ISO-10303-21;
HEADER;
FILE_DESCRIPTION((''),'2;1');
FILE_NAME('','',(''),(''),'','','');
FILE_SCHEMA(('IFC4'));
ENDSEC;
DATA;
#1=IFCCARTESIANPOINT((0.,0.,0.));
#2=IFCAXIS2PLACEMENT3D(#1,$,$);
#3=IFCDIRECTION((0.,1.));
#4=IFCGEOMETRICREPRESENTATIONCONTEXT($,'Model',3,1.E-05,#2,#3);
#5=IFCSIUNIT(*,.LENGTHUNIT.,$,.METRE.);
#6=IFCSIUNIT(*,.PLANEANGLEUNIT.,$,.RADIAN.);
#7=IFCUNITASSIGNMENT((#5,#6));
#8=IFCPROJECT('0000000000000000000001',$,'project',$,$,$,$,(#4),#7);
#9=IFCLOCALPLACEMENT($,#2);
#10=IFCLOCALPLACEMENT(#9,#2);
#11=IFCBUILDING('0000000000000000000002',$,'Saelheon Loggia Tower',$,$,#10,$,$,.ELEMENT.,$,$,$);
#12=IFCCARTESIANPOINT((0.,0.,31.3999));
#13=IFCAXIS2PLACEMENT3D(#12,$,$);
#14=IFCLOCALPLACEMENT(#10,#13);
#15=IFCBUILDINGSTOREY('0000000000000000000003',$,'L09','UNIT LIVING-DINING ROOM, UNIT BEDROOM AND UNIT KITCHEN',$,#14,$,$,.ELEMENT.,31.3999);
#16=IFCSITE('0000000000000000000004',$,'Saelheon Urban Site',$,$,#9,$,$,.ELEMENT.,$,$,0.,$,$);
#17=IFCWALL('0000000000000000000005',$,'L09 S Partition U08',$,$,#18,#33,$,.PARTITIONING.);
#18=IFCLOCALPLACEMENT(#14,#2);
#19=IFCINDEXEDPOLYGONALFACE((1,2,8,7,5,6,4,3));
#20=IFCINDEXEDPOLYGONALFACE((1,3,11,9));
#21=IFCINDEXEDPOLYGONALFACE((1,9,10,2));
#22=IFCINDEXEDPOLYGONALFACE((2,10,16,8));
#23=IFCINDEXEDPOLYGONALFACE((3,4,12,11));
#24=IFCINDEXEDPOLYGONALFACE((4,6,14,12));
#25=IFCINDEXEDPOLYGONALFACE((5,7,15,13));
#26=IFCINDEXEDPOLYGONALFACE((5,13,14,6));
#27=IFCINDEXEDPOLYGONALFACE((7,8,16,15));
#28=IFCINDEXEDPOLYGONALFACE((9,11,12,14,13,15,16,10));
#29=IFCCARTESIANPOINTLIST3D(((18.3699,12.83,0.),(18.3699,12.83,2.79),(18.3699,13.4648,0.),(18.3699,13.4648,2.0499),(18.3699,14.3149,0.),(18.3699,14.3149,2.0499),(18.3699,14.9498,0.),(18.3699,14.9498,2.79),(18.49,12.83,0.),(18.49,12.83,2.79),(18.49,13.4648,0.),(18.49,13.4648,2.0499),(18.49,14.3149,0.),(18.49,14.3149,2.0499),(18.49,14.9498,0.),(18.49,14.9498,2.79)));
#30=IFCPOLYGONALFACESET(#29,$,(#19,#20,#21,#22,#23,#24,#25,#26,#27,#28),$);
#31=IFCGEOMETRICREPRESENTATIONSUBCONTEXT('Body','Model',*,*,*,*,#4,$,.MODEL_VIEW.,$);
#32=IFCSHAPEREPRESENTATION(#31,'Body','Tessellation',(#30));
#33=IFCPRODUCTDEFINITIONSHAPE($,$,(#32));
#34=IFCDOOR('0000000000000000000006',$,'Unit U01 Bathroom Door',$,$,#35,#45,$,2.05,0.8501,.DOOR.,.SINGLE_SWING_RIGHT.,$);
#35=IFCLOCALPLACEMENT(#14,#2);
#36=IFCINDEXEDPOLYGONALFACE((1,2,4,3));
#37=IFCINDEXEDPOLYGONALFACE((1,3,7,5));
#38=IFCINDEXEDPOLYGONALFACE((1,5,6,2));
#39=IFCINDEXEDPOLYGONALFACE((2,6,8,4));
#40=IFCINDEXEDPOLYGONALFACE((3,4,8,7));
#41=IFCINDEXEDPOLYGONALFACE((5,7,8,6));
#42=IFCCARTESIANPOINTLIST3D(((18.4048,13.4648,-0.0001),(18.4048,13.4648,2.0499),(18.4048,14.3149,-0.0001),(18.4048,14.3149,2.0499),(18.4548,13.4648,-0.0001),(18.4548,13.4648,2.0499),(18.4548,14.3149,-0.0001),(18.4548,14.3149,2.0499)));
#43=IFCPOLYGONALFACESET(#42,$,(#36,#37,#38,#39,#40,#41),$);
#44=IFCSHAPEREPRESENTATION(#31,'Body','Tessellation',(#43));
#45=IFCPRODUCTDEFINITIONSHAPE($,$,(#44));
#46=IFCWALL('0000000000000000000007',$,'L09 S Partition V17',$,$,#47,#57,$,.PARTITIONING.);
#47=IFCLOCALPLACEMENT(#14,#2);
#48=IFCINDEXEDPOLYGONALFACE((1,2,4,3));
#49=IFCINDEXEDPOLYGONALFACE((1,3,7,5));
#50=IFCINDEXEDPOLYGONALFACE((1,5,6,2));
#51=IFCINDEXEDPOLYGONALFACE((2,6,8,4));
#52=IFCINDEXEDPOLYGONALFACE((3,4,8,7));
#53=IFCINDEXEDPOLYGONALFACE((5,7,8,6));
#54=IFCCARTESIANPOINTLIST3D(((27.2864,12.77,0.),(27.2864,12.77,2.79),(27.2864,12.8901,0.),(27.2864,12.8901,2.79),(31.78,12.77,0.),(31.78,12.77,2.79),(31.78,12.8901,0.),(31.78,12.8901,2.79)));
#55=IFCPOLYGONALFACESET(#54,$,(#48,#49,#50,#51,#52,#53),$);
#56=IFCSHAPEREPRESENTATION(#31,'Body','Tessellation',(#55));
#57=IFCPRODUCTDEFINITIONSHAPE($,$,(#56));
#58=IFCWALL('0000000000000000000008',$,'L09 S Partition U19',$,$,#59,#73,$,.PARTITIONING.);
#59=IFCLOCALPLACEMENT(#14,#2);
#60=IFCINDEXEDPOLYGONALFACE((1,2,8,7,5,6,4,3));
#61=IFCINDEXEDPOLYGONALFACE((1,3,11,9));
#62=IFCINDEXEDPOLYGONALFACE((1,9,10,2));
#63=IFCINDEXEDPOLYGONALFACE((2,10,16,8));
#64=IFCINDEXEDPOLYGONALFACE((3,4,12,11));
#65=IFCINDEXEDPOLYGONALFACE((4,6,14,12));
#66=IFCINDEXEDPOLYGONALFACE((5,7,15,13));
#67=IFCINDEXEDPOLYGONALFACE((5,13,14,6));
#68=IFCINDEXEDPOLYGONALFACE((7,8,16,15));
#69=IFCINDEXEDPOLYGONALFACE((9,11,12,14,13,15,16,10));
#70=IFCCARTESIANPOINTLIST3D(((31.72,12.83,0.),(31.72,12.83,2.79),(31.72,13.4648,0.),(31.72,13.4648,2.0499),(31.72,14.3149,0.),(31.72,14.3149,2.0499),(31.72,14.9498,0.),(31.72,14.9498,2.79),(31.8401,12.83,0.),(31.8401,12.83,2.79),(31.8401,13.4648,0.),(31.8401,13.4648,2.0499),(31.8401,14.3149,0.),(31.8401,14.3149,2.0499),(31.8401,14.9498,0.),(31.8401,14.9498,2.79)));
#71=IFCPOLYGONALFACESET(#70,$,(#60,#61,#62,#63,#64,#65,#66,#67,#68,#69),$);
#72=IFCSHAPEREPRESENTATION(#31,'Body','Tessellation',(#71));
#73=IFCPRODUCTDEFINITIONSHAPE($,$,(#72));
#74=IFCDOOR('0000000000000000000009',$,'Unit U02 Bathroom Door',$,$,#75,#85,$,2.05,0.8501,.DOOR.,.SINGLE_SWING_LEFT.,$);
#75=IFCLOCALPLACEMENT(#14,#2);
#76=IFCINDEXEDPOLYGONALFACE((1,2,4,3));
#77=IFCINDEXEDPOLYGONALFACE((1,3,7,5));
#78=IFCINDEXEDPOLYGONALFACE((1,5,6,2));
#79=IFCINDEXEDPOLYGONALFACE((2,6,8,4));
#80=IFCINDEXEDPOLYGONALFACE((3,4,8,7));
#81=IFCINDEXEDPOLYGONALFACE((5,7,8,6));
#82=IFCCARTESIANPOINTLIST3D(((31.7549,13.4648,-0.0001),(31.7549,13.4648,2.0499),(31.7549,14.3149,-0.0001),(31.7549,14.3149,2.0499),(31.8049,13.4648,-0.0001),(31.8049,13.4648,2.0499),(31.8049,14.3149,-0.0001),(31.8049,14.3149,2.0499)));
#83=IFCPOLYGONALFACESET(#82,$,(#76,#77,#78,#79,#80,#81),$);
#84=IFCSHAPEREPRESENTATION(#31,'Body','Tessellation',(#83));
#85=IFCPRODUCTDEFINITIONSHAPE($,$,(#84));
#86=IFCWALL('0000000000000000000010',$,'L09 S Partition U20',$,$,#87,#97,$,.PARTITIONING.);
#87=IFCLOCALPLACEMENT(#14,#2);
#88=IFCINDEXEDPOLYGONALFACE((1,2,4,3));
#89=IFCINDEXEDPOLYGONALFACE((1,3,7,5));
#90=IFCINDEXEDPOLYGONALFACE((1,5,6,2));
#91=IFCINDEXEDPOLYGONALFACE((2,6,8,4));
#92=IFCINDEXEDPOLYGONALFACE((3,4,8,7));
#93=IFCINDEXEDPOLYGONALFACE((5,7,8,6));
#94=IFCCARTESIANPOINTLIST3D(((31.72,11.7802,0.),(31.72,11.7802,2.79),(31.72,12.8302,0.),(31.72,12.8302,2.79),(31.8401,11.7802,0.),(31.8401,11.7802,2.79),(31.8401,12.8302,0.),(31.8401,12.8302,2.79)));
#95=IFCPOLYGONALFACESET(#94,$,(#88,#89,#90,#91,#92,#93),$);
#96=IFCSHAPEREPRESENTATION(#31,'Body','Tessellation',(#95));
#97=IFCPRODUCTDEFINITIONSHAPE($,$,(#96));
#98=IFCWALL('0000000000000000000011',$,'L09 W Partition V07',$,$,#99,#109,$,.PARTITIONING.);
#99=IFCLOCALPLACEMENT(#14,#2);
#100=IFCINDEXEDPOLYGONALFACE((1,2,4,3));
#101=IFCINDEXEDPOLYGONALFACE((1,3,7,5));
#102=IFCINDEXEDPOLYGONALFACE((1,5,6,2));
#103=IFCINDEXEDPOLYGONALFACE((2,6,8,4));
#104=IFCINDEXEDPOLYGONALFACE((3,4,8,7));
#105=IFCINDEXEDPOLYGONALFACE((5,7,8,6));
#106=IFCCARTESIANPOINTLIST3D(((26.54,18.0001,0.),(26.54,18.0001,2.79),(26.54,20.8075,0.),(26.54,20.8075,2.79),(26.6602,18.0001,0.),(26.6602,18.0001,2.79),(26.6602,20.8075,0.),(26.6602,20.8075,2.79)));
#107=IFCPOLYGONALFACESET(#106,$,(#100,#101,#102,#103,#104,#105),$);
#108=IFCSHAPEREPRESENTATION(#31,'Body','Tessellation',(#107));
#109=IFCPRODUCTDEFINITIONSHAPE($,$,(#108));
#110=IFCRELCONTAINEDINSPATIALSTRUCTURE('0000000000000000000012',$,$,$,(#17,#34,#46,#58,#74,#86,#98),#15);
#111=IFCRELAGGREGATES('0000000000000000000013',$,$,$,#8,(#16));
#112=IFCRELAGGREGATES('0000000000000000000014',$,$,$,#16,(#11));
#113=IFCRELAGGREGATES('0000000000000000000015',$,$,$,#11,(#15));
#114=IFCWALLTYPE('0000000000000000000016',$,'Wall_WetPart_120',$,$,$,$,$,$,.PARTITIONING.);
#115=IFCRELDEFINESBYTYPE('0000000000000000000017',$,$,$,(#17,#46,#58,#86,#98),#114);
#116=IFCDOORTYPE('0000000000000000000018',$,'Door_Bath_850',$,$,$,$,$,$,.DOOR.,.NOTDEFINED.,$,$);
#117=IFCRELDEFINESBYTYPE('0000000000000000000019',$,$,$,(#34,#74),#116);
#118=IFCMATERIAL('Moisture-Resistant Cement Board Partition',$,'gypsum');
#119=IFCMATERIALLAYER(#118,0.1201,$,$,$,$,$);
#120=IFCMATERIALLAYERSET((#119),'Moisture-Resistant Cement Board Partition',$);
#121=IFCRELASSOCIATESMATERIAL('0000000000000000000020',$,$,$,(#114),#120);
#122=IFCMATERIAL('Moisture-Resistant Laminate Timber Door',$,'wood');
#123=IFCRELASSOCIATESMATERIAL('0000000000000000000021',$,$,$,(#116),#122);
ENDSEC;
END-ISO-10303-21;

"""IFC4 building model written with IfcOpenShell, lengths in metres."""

from ifc_helpers import new_model, si_unit, direction, frame, frame_2d, origin, place, context, subcontext, project, spatial, rectangle, extrude, source, transform, mapped, material, layer, layer_set, type_object, element, fill, save


model = new_model("IFC4")

# Units and contexts
model_context = context("Model", 3, precision=1e-05, world=origin(), true_north=direction((0.0, 1.0)))
body_context = subcontext(model_context, "Body", "Model", "MODEL_VIEW")
ifc_project = project(units=[si_unit("LENGTHUNIT", "METRE"), si_unit("PLANEANGLEUNIT", "RADIAN")], contexts=[model_context])

# Site, building, storey
site_placement = place(None, origin())
site = spatial("IfcSite", under=ifc_project, at=site_placement, Name="Saelheon Urban Site", CompositionType="ELEMENT", RefElevation=0.0)
building_placement = place(site_placement, origin())
building = spatial("IfcBuilding", under=site, at=building_placement, Name="Saelheon Loggia Tower", CompositionType="ELEMENT")
storey_placement = place(building_placement, frame((0.0, 0.0, 31.3999)))
storey = spatial("IfcBuildingStorey", under=building, at=storey_placement, Name="L09", Description="UNIT LIVING-DINING ROOM, UNIT BEDROOM AND UNIT KITCHEN", CompositionType="ELEMENT", Elevation=31.3999)

# Wall, opening, door
ifc_material_1 = material(Name="Moisture-Resistant Cement Board Partition", Category="gypsum")
ifc_layer_1 = layer(ifc_material_1, 0.1201)
ifc_layer_set_1 = layer_set([ifc_layer_1], Name="Moisture-Resistant Cement Board Partition")
wall_type_1 = type_object("IfcWallType", Name="Wall_WetPart_120", PredefinedType="PARTITIONING", material=ifc_layer_set_1)
wall_1_placement = place(storey_placement, frame((18.4299, 14.95, 0.0), z_axis=(0.0, 0.0, 1.0), x_axis=(0.0, -1.0, 0.0)))
wall_1 = element("IfcWall", 1, at=wall_1_placement, inside=storey, type_object=wall_type_1, Name="L09 S Partition U08", PredefinedType="PARTITIONING", context=body_context, shape_type="SweptSolid", body=[
    extrude(rectangle(XDim=2.1199, YDim=0.1201, at=frame_2d((1.0601, 0.0))), origin(), (0.0, 0.0, 1.0), 2.79),
])
opening_1_placement = place(wall_1_placement, frame((0.635, 0.0, 0.0)))
opening_1 = element("IfcOpeningElement", 2, at=opening_1_placement, cuts=wall_1, PredefinedType="OPENING", context=body_context, shape_type="SweptSolid", body=[
    extrude(rectangle(XDim=0.8501, YDim=2.05, at=frame_2d((0.425, 1.0249))), frame((0.0, 0.072, 0.0), z_axis=(0.0, -1.0, 0.0), x_axis=(1.0, 0.0, 0.0)), (0.0, 0.0, 1.0), 0.144),
])
ifc_material_2 = material(Name="Moisture-Resistant Laminate Timber Door", Category="wood")
door_type_1 = type_object("IfcDoorType", Name="Door_Bath_850", OperationType="NOTDEFINED", PredefinedType="DOOR", material=ifc_material_2)
shared_shape_1 = source(origin(), body_context, "Body", "SweptSolid", [
    extrude(rectangle(XDim=0.8501, YDim=2.05, at=frame_2d((0.425, 1.0249))), frame((0.0, 0.0249, 0.0), z_axis=(0.0, -1.0, 0.0), x_axis=(1.0, 0.0, 0.0)), (0.0, 0.0, 1.0), 0.05),
])
door_1_placement = place(opening_1_placement, origin())
door_1 = element("IfcDoor", 3, at=door_1_placement, inside=storey, type_object=door_type_1, Name="Unit U01 Bathroom Door", OperationType="SINGLE_SWING_RIGHT", OverallHeight=2.05, OverallWidth=0.8501, PredefinedType="DOOR", context=body_context, shape_type="MappedRepresentation", body=[
    mapped(shared_shape_1, transform((0.0, 0.0, 0.0), scale=1.0)),
])
fill(opening_1, door_1)

# Wall
wall_2_placement = place(storey_placement, frame((27.2864, 12.8301, 0.0), z_axis=(0.0, 0.0, 1.0), x_axis=(1.0, 0.0, 0.0)))
element("IfcWall", 4, at=wall_2_placement, inside=storey, type_object=wall_type_1, Name="L09 S Partition V17", PredefinedType="PARTITIONING", context=body_context, shape_type="SweptSolid", body=[
    extrude(rectangle(XDim=4.4937, YDim=0.1201, at=frame_2d((2.2468, 0.0))), origin(), (0.0, 0.0, 1.0), 2.79),
])

# Wall, opening, door
wall_3_placement = place(storey_placement, frame((31.78, 14.95, 0.0), z_axis=(0.0, 0.0, 1.0), x_axis=(0.0, -1.0, 0.0)))
wall_3 = element("IfcWall", 5, at=wall_3_placement, inside=storey, type_object=wall_type_1, Name="L09 S Partition U19", PredefinedType="PARTITIONING", context=body_context, shape_type="SweptSolid", body=[
    extrude(rectangle(XDim=2.1199, YDim=0.1201, at=frame_2d((1.0601, 0.0))), origin(), (0.0, 0.0, 1.0), 2.79),
])
opening_2_placement = place(wall_3_placement, frame((0.635, 0.0, 0.0)))
opening_2 = element("IfcOpeningElement", 6, at=opening_2_placement, cuts=wall_3, PredefinedType="OPENING", context=body_context, shape_type="SweptSolid", body=[
    extrude(rectangle(XDim=0.8501, YDim=2.05, at=frame_2d((0.425, 1.0249))), frame((0.0, 0.072, 0.0), z_axis=(0.0, -1.0, 0.0), x_axis=(1.0, 0.0, 0.0)), (0.0, 0.0, 1.0), 0.144),
])
door_2_placement = place(opening_2_placement, origin())
door_2 = element("IfcDoor", 7, at=door_2_placement, inside=storey, type_object=door_type_1, Name="Unit U02 Bathroom Door", OperationType="SINGLE_SWING_LEFT", OverallHeight=2.05, OverallWidth=0.8501, PredefinedType="DOOR", context=body_context, shape_type="MappedRepresentation", body=[
    mapped(shared_shape_1, transform((0.0, 0.0, 0.0), scale=1.0)),
])
fill(opening_2, door_2)

# Walls
wall_4_placement = place(storey_placement, frame((31.78, 12.8301, 0.0), z_axis=(0.0, 0.0, 1.0), x_axis=(0.0, -1.0, 0.0)))
element("IfcWall", 8, at=wall_4_placement, inside=storey, type_object=wall_type_1, Name="L09 S Partition U20", PredefinedType="PARTITIONING", context=body_context, shape_type="SweptSolid", body=[
    extrude(rectangle(XDim=1.05, YDim=0.1201, at=frame_2d((0.5249, 0.0))), origin(), (0.0, 0.0, 1.0), 2.79),
])
wall_5_placement = place(storey_placement, frame((26.6001, 18.0, 0.0), z_axis=(0.0, 0.0, 1.0), x_axis=(0.0, 1.0, 0.0)))
element("IfcWall", 9, at=wall_5_placement, inside=storey, type_object=wall_type_1, Name="L09 W Partition V07", PredefinedType="PARTITIONING", context=body_context, shape_type="SweptSolid", body=[
    extrude(rectangle(XDim=2.8074, YDim=0.1201, at=frame_2d((1.4038, 0.0))), origin(), (0.0, 0.0, 1.0), 2.79),
])

save(model, "model.ifc")
